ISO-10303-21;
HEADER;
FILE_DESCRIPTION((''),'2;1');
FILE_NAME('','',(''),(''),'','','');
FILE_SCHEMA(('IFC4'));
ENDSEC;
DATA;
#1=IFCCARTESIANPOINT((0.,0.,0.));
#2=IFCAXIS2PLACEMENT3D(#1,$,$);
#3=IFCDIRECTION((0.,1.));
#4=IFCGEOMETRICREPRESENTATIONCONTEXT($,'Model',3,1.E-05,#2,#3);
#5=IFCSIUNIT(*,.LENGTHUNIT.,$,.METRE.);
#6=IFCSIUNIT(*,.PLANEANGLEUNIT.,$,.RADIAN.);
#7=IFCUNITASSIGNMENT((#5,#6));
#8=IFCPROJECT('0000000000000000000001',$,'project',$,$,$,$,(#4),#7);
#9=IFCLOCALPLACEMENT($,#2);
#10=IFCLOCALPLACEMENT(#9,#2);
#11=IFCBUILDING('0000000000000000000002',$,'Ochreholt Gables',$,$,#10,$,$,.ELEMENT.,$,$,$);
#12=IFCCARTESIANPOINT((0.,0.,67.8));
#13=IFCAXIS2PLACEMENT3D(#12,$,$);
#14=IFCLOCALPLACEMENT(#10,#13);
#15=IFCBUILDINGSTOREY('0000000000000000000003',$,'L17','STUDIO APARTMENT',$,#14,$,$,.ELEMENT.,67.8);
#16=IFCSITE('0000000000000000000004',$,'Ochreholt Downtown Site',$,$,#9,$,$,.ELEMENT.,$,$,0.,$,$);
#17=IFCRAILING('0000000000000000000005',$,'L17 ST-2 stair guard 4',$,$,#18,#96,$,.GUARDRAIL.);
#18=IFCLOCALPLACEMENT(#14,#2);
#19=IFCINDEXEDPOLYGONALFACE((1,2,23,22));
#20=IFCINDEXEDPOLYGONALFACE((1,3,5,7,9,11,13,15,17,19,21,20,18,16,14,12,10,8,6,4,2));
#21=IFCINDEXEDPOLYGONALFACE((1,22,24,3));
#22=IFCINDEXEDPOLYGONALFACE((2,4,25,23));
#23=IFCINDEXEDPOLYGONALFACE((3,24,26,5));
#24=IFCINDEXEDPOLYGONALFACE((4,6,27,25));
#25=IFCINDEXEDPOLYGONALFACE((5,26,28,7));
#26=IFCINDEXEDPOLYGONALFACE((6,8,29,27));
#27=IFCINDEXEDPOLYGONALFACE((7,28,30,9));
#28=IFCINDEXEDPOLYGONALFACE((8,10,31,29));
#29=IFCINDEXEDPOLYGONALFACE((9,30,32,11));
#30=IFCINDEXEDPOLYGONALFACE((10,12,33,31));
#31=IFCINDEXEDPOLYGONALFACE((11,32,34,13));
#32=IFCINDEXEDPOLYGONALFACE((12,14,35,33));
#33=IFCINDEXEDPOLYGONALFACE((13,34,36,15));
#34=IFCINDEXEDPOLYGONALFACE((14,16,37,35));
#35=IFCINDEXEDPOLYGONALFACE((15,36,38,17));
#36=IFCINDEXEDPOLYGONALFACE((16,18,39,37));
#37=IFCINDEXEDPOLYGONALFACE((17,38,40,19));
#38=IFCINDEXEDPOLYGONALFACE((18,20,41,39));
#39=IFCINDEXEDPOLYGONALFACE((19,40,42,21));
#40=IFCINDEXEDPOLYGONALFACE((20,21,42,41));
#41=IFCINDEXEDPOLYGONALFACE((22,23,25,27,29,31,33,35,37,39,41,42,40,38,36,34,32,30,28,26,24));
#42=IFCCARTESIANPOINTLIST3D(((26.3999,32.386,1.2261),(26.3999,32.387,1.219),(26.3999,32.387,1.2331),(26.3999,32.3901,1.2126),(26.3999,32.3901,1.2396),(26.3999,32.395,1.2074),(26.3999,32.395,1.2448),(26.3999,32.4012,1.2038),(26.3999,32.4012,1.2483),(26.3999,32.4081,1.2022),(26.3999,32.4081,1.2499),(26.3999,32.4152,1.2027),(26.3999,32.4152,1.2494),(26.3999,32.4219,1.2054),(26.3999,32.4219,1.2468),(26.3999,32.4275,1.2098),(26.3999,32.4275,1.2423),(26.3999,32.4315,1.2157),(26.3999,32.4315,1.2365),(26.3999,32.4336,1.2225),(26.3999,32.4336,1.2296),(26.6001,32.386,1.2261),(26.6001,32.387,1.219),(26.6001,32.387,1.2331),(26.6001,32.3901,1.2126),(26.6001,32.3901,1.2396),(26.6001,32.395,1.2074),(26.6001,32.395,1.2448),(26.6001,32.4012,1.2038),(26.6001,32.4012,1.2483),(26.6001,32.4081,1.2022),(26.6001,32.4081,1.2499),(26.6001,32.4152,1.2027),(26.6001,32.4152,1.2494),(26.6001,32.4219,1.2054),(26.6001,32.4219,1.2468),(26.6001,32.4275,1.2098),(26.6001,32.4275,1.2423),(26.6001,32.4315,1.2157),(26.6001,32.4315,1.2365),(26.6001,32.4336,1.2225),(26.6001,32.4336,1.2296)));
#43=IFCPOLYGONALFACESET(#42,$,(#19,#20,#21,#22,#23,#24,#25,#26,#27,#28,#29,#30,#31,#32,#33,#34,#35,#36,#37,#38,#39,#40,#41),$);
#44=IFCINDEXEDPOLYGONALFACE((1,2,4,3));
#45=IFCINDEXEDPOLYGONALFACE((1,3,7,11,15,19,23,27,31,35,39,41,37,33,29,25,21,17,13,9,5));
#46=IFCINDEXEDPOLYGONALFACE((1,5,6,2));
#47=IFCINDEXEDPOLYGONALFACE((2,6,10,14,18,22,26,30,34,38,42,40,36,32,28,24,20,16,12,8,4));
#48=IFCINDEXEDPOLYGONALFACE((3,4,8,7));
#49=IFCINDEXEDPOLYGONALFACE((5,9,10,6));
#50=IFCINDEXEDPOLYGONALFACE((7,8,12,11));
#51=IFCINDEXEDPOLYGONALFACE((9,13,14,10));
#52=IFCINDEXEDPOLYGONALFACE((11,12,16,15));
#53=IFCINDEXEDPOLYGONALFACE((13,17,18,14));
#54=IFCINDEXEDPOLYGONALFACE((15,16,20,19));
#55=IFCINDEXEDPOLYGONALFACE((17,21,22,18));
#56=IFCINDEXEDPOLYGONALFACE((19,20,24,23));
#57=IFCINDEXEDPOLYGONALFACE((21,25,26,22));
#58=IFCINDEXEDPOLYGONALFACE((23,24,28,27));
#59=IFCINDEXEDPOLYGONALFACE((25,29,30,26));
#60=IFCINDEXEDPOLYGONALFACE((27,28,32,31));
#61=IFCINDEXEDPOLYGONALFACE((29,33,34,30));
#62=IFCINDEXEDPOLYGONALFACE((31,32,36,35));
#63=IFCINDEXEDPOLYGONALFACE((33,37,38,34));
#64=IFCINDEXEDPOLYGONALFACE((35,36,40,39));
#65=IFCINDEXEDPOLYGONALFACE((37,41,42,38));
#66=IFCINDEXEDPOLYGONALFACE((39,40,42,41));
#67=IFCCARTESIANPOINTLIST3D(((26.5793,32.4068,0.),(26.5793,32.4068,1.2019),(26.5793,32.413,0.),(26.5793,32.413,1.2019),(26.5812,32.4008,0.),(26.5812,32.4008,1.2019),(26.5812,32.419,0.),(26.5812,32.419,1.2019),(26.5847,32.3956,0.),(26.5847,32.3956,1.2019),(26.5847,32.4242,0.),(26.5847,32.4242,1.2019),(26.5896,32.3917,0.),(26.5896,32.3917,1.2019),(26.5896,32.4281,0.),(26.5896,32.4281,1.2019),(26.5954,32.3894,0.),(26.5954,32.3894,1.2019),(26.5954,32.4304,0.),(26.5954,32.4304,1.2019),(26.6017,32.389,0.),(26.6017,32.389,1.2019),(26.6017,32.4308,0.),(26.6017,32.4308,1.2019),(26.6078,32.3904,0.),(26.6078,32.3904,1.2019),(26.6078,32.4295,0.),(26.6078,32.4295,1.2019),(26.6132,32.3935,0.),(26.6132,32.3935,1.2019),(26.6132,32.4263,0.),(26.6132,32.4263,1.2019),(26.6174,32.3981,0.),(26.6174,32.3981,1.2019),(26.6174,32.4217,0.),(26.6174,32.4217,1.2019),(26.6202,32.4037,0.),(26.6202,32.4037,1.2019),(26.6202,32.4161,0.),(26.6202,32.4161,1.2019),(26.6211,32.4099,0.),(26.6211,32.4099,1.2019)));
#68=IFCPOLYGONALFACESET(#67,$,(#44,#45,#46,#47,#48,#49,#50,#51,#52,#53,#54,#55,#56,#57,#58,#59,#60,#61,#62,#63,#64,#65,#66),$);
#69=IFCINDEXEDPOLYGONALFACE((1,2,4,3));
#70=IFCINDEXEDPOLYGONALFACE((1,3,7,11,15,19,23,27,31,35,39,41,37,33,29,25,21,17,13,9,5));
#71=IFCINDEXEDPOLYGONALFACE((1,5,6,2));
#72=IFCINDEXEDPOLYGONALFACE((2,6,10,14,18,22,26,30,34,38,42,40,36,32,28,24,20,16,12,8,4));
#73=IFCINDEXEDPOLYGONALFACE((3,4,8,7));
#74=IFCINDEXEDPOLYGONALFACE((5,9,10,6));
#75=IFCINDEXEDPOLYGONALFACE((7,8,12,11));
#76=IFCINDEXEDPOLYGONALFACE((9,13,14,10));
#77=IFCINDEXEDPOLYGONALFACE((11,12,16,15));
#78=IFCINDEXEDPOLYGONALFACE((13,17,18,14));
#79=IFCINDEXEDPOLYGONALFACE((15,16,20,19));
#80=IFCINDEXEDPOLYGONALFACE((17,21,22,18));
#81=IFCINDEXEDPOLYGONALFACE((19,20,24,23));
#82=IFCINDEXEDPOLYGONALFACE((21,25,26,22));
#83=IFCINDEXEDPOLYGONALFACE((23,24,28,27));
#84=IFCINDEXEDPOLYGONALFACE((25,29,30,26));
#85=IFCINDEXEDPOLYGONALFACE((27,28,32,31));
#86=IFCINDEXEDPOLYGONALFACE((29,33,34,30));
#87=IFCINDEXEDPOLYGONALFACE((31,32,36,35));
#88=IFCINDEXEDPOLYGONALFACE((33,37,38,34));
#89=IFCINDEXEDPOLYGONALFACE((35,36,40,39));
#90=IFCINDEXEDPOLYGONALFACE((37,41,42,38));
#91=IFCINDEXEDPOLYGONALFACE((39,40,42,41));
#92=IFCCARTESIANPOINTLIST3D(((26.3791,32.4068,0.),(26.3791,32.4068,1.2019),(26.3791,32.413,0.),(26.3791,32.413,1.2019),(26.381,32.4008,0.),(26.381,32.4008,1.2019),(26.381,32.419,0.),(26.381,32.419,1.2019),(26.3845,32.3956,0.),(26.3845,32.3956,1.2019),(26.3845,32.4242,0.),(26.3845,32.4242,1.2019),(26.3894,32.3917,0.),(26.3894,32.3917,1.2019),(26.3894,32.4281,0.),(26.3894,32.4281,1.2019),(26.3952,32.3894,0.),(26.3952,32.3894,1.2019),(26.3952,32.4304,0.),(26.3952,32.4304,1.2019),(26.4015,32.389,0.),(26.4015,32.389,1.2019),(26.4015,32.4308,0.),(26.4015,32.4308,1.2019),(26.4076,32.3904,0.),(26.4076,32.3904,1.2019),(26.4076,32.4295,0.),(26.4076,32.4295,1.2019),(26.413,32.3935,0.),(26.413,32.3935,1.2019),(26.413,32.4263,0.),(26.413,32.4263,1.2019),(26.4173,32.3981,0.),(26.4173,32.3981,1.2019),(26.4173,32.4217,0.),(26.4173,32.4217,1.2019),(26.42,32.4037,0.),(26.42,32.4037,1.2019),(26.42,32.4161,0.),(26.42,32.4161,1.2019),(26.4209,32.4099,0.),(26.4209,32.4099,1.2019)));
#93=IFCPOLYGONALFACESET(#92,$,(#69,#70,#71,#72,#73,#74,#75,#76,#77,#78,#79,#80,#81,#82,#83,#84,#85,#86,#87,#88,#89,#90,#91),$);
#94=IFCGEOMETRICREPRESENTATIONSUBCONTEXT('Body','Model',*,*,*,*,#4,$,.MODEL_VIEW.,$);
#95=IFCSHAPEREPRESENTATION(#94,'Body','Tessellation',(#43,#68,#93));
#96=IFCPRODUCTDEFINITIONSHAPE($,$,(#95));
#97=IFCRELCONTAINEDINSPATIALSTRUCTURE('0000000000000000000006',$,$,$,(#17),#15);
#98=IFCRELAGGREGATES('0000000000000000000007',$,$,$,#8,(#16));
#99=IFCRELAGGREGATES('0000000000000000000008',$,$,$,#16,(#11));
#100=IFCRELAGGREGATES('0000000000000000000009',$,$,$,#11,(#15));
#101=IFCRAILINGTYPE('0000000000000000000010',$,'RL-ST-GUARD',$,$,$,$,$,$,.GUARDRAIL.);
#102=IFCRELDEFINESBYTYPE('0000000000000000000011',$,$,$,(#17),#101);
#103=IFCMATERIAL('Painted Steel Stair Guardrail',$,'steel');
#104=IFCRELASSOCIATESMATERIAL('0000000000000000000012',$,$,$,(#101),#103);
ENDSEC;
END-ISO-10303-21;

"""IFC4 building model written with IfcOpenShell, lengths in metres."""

from ifc_helpers import new_model, si_unit, direction, frame, origin, origin_2d, place, context, subcontext, project, spatial, circle, extrude, material, type_object, element, save


model = new_model("IFC4")

# Units and contexts
model_context = context("Model", 3, precision=1e-05, world=origin(), true_north=direction((0.0, 1.0)))
body_context = subcontext(model_context, "Body", "Model", "MODEL_VIEW")
ifc_project = project(units=[si_unit("LENGTHUNIT", "METRE"), si_unit("PLANEANGLEUNIT", "RADIAN")], contexts=[model_context])

# Site, building, storey
site_placement = place(None, origin())
site = spatial("IfcSite", under=ifc_project, at=site_placement, Name="Ochreholt Downtown Site", CompositionType="ELEMENT", RefElevation=0.0)
building_placement = place(site_placement, origin())
building = spatial("IfcBuilding", under=site, at=building_placement, Name="Ochreholt Gables", CompositionType="ELEMENT")
storey_placement = place(building_placement, frame((0.0, 0.0, 67.8)))
storey = spatial("IfcBuildingStorey", under=building, at=storey_placement, Name="L17", Description="STUDIO APARTMENT", CompositionType="ELEMENT", Elevation=67.8)

# Railing
ifc_material_1 = material(Name="Painted Steel Stair Guardrail", Category="steel")
railing_type_1 = type_object("IfcRailingType", Name="RL-ST-GUARD", PredefinedType="GUARDRAIL", material=ifc_material_1)
railing_1_placement = place(storey_placement, frame((26.6001, 32.4099, 0.0)))
element("IfcRailing", 1, at=railing_1_placement, inside=storey, type_object=railing_type_1, Name="L17 ST-2 stair guard 4", PredefinedType="GUARDRAIL", context=body_context, shape_type="SweptSolid", body=[
    extrude(circle(Radius=0.0239, at=origin_2d()), frame((0.0, 0.0, 1.2261), z_axis=(-1.0, 0.0, 0.0), x_axis=(0.0, -1.0, 0.0)), (0.0, 0.0, 1.0), 0.2002),
    extrude(circle(Radius=0.021, at=origin_2d()), origin(), (0.0, 0.0, 1.0), 1.2019),
    extrude(circle(Radius=0.021, at=origin_2d()), frame((-0.2002, 0.0, 0.0)), (0.0, 0.0, 1.0), 1.2019),
])

save(model, "model.ifc")
